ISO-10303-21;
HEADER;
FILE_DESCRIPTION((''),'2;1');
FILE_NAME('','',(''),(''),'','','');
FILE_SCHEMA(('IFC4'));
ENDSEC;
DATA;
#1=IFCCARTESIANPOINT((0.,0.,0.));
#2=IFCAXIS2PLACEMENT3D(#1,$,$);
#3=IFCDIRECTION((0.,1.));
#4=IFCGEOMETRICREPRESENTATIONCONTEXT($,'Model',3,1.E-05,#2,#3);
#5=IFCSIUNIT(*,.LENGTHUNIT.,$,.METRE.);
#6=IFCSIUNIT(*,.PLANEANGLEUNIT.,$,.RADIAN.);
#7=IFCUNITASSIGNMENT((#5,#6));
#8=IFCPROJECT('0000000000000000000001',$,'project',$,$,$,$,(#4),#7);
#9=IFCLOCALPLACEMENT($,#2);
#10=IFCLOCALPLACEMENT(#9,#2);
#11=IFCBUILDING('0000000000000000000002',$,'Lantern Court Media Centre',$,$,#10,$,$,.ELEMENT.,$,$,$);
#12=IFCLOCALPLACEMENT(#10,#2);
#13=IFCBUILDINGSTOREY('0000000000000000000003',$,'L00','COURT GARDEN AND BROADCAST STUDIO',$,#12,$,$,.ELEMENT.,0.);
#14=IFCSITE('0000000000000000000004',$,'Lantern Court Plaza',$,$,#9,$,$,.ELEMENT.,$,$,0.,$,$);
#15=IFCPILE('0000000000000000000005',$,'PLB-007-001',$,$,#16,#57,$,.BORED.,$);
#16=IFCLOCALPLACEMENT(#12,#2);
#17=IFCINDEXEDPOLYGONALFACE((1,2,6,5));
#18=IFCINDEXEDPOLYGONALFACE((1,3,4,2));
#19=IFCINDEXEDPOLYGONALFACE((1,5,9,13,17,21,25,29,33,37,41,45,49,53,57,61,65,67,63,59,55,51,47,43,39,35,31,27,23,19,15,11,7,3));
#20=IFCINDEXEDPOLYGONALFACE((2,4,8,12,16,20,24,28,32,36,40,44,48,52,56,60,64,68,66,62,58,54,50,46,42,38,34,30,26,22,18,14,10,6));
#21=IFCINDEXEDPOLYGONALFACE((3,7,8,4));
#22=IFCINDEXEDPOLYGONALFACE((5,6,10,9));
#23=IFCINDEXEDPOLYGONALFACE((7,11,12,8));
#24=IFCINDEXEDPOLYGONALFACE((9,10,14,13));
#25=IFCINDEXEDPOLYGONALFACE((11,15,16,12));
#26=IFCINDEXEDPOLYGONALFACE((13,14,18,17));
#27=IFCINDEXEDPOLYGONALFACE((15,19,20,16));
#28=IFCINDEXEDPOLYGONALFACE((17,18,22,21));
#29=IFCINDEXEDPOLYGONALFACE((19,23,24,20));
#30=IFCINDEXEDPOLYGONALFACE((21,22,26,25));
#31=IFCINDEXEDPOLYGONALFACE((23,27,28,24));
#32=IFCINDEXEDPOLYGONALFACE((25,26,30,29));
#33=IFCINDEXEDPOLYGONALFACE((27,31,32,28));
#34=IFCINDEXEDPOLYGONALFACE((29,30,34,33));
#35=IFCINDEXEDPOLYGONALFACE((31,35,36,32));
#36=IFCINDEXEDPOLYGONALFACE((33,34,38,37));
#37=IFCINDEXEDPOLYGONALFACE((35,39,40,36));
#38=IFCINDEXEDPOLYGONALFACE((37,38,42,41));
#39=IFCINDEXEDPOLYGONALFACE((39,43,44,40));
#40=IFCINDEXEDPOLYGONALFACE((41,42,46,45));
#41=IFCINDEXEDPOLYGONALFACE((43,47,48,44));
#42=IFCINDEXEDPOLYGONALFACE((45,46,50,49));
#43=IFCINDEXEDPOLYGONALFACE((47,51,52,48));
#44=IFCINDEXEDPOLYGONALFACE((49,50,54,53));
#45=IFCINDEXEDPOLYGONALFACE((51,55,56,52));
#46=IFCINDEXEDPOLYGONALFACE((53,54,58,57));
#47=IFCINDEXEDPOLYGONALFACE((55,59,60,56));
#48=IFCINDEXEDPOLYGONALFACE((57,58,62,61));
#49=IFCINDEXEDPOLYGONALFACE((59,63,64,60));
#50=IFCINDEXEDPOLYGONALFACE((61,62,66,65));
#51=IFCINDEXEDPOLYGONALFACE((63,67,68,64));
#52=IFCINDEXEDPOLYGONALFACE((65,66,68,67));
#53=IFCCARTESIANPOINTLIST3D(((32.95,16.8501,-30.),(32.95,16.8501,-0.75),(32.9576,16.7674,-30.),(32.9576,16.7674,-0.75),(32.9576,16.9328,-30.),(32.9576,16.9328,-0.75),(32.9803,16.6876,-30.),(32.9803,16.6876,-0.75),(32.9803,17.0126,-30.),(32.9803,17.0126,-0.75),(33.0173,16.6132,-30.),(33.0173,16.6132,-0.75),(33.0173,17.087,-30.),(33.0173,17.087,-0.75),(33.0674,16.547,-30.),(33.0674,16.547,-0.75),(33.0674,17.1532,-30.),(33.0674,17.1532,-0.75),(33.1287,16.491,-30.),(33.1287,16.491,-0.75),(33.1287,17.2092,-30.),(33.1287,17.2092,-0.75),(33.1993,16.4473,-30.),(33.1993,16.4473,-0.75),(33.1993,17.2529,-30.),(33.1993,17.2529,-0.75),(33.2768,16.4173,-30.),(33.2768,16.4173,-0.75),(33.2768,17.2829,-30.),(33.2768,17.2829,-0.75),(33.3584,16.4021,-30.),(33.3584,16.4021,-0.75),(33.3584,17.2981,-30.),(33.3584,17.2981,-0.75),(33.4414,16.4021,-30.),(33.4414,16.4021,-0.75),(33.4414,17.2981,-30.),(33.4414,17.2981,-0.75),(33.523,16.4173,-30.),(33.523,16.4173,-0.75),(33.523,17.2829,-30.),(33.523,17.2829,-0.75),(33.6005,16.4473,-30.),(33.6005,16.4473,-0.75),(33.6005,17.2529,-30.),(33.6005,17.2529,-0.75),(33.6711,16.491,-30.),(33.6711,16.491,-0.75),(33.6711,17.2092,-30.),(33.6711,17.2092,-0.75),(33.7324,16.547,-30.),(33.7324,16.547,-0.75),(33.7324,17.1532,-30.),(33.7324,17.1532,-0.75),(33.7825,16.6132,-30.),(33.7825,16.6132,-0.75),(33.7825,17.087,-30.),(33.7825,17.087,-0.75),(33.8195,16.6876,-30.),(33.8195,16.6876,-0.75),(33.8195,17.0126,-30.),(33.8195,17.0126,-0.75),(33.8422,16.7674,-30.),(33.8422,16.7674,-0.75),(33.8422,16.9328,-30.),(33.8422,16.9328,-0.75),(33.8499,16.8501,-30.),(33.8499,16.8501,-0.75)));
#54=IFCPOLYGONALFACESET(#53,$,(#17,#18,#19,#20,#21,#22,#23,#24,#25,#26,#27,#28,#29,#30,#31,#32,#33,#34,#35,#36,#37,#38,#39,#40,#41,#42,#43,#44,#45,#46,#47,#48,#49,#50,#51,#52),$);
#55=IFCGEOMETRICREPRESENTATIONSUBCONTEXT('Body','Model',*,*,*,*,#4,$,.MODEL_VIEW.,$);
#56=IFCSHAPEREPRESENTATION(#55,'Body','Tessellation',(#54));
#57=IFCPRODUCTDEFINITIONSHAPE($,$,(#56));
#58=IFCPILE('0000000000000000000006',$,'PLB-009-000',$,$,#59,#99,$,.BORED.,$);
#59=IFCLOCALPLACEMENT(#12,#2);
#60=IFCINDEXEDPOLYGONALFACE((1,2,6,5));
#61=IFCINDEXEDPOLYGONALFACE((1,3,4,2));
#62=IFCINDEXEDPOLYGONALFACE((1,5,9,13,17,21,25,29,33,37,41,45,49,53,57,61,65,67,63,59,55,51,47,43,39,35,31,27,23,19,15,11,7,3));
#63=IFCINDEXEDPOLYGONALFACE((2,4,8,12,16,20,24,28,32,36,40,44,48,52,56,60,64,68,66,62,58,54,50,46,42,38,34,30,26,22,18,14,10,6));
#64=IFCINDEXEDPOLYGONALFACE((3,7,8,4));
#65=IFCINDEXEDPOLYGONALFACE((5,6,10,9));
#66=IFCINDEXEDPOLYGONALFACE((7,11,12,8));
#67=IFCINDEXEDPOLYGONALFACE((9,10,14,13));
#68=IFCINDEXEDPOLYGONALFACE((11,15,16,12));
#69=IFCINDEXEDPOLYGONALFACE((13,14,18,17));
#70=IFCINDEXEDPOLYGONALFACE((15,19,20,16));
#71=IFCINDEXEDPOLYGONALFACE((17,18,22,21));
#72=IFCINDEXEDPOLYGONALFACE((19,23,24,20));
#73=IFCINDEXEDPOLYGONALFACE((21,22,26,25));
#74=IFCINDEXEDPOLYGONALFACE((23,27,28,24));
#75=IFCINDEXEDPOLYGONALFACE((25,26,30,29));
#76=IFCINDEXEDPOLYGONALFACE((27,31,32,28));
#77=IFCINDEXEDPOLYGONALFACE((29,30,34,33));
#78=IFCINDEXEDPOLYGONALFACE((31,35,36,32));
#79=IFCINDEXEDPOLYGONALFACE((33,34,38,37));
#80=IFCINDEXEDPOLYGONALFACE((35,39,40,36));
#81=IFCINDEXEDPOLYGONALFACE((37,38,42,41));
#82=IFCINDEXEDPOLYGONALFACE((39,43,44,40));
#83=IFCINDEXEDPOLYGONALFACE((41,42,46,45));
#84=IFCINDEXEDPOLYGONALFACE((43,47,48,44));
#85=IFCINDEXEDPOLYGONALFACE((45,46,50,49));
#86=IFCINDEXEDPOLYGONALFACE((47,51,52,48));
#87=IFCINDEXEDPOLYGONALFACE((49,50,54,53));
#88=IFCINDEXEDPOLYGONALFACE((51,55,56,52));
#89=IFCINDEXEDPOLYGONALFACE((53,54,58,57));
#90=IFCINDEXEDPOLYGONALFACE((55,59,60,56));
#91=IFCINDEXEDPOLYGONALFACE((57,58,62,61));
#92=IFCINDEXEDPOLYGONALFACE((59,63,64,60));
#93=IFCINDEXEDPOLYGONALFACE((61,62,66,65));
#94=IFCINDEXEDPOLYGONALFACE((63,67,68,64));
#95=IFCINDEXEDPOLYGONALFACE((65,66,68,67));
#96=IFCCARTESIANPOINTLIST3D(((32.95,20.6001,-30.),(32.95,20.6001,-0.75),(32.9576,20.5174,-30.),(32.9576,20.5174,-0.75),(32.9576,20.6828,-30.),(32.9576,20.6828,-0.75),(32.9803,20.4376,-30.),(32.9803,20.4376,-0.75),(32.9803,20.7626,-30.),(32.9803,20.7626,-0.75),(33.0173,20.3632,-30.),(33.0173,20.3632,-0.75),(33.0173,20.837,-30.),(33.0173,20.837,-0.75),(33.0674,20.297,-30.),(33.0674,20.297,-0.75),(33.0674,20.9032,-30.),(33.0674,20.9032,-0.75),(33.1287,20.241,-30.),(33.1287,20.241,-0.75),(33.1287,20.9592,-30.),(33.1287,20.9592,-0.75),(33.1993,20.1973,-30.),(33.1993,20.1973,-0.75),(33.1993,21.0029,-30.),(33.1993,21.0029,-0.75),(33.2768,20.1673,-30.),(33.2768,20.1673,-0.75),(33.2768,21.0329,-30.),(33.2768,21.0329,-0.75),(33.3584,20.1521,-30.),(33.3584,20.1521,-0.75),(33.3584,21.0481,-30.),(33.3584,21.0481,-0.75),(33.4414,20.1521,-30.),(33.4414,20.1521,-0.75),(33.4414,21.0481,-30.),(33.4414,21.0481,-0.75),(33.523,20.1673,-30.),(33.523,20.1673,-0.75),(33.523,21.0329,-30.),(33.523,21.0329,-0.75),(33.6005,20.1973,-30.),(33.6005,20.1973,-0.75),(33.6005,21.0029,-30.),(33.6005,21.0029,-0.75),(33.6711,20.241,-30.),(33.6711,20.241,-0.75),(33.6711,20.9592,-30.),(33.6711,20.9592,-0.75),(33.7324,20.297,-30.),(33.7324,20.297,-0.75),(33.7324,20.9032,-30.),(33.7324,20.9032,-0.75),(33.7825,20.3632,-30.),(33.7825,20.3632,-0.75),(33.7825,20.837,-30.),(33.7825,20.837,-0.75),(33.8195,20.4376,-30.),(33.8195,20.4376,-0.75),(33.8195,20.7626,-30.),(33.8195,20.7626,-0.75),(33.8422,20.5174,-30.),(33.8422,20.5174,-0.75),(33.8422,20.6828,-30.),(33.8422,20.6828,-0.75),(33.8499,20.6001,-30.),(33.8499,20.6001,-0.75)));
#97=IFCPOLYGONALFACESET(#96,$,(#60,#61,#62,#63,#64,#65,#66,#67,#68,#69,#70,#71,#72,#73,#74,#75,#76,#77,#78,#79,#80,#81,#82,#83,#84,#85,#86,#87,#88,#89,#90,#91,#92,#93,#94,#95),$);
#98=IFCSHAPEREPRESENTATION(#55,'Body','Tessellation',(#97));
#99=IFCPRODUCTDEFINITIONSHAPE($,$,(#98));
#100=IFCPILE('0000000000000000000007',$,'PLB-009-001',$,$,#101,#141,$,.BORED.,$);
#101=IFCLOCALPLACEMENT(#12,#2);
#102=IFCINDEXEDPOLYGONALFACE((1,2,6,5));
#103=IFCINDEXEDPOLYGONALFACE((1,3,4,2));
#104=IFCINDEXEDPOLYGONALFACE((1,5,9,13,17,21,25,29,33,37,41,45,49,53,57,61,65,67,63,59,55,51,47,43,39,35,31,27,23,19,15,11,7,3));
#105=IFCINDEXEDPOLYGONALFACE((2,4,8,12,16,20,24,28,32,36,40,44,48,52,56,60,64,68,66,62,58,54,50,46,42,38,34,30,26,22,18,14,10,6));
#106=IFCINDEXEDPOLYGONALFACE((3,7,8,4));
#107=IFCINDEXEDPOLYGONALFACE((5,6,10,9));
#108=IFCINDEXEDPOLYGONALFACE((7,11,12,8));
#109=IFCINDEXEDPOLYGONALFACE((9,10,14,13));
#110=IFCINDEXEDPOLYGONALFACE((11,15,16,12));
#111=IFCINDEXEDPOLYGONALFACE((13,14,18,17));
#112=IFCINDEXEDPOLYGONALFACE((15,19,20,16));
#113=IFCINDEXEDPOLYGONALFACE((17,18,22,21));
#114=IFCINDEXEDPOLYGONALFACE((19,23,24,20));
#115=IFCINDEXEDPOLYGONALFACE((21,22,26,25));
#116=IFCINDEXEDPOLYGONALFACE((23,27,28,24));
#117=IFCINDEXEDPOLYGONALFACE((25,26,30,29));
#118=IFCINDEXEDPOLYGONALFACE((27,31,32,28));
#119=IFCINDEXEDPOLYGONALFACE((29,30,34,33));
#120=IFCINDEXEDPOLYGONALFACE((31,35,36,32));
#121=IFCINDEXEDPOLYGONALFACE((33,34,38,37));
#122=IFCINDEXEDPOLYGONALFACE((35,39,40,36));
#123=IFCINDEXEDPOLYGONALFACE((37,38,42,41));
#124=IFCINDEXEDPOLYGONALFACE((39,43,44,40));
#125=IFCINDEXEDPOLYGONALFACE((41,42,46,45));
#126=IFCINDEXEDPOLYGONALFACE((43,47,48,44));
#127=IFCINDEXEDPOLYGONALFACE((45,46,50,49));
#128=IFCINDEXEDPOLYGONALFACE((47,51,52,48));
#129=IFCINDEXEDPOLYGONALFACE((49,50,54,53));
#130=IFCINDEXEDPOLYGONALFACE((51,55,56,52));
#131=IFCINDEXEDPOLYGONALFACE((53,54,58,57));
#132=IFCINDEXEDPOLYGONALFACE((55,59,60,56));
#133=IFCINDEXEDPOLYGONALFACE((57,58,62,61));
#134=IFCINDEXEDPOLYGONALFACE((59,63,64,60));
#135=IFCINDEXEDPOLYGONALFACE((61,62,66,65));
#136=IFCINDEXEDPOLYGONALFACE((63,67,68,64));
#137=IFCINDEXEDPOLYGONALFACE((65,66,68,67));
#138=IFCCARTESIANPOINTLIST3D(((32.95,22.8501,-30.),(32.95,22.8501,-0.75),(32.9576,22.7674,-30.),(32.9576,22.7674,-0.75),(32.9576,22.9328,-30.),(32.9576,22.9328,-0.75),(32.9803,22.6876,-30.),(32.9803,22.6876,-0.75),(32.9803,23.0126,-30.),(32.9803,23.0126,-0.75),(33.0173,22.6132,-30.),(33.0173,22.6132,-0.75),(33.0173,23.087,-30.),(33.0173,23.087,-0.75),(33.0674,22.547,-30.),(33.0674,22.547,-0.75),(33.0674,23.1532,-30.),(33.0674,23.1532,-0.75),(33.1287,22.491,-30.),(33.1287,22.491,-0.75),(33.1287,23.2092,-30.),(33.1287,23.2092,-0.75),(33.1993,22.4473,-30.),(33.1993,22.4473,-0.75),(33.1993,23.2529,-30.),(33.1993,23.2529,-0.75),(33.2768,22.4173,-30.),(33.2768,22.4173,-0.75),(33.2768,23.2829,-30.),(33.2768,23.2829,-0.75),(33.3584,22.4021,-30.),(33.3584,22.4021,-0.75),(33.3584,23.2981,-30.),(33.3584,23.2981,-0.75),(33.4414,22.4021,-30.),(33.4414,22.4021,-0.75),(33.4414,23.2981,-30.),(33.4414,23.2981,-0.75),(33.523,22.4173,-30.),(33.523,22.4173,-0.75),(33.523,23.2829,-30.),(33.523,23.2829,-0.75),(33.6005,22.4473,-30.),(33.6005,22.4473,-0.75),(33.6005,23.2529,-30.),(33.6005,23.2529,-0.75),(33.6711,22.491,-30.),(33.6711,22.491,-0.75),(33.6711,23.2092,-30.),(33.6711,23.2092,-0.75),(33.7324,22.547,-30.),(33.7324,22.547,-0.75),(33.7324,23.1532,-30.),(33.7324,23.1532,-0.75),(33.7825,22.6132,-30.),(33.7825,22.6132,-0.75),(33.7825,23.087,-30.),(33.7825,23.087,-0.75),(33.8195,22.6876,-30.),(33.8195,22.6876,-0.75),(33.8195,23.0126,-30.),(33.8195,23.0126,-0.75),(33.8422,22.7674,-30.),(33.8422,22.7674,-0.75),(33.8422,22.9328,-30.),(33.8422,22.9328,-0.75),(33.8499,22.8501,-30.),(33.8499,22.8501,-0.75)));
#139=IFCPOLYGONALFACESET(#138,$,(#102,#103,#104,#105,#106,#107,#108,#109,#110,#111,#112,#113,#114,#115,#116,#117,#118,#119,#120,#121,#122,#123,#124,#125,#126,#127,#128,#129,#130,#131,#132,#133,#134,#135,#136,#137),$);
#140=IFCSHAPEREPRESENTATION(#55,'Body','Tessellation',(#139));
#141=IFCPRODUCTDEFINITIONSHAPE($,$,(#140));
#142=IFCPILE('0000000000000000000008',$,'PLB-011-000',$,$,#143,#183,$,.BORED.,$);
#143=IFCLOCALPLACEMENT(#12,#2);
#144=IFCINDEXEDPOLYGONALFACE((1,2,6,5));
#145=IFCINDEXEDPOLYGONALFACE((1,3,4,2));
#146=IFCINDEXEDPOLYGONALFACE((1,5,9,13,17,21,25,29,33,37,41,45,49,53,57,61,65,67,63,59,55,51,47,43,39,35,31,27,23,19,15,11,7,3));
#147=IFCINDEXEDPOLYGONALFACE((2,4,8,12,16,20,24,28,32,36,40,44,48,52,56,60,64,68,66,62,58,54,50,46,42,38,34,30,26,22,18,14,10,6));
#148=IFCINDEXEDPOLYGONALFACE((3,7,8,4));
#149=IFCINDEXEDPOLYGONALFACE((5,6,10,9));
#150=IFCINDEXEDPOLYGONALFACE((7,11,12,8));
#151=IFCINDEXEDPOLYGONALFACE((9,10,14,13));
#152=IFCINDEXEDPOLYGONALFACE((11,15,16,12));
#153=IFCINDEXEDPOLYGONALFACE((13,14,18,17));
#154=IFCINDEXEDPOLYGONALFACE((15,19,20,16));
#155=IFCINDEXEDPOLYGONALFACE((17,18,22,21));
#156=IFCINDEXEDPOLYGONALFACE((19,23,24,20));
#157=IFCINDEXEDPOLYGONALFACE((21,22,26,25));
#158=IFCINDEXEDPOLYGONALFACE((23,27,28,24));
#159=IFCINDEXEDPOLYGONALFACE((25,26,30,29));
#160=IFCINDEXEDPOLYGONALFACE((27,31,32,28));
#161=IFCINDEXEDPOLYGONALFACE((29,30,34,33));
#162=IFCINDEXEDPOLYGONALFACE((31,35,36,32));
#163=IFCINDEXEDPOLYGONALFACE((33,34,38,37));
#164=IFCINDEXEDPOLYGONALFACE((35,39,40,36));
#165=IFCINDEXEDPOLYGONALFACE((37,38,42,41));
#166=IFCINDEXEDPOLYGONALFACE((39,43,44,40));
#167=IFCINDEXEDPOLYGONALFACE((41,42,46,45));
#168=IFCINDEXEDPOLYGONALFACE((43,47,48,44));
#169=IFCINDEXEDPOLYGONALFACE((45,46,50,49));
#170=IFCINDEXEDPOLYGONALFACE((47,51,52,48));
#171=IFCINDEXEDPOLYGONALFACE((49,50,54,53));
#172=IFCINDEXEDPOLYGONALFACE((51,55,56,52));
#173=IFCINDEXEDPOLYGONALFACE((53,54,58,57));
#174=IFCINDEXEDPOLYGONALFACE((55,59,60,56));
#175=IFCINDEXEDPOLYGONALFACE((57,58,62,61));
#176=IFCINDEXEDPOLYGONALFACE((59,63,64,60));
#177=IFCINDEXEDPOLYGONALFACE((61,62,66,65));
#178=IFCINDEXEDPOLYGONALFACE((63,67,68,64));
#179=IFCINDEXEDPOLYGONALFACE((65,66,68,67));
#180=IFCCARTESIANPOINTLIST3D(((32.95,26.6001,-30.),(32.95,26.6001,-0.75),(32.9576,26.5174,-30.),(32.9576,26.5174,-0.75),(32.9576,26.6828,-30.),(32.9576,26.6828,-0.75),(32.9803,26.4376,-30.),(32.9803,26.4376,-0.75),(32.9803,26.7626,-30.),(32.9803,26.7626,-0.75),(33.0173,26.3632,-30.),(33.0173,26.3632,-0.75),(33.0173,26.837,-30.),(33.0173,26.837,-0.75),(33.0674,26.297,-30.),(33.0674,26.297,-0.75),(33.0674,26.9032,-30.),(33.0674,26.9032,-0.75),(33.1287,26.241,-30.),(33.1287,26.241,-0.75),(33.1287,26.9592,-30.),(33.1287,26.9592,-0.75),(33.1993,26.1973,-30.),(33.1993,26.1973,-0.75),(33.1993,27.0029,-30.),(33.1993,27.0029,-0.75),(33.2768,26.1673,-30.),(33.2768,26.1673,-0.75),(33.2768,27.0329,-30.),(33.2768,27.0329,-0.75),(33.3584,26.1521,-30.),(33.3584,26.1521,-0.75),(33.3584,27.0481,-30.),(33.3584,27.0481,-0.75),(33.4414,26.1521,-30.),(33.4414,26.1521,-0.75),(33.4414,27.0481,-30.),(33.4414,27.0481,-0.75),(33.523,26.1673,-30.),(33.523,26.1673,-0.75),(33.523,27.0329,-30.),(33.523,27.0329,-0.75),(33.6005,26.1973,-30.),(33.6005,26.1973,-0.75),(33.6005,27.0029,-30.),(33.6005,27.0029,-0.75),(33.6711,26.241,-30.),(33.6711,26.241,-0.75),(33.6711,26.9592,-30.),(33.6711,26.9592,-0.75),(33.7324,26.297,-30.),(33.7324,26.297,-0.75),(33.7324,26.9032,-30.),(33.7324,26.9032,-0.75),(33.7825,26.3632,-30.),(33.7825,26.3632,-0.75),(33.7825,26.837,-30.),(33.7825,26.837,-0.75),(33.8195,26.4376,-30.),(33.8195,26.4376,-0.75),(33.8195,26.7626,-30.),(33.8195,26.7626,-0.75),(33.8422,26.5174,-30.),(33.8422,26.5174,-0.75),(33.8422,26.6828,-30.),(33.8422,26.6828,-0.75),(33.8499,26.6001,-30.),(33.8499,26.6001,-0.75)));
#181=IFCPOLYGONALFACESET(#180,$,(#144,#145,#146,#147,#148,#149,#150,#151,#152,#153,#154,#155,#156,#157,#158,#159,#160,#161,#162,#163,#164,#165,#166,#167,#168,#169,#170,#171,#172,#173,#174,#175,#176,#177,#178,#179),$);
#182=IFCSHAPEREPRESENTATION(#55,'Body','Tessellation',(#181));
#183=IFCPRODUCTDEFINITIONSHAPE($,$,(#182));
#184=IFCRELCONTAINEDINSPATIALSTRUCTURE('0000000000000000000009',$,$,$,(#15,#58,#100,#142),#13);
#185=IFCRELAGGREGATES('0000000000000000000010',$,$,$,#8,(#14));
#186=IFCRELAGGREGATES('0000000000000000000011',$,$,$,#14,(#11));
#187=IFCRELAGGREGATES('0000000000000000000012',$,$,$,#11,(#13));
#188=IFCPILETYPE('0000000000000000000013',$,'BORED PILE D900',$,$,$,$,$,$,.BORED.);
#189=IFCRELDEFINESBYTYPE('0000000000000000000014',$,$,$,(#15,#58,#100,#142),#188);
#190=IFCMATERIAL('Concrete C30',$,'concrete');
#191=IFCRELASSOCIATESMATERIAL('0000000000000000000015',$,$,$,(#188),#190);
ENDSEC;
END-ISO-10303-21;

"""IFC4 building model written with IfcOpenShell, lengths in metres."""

from ifc_helpers import new_model, si_unit, direction, frame, origin, origin_2d, place, context, subcontext, project, spatial, circle, extrude, material, material_profile, profile_set, type_object, element, save


model = new_model("IFC4")

# Units and contexts
model_context = context("Model", 3, precision=1e-05, world=origin(), true_north=direction((0.0, 1.0)))
body_context = subcontext(model_context, "Body", "Model", "MODEL_VIEW")
ifc_project = project(units=[si_unit("LENGTHUNIT", "METRE"), si_unit("PLANEANGLEUNIT", "RADIAN")], contexts=[model_context])

# Site, building, storey
site_placement = place(None, origin())
site = spatial("IfcSite", under=ifc_project, at=site_placement, Name="Lantern Court Plaza", CompositionType="ELEMENT", RefElevation=0.0)
building_placement = place(site_placement, origin())
building = spatial("IfcBuilding", under=site, at=building_placement, Name="Lantern Court Media Centre", CompositionType="ELEMENT")
storey_placement = place(building_placement, origin())
storey = spatial("IfcBuildingStorey", under=building, at=storey_placement, Name="L00", Description="COURT GARDEN AND BROADCAST STUDIO", CompositionType="ELEMENT", Elevation=0.0)

# Piles
ifc_material_1 = material(Name="Concrete C30", Category="concrete")
ifc_material_profile_1 = material_profile(ifc_material_1, circle(Radius=0.45, at=origin_2d()), Name="D900")
ifc_profile_set_1 = profile_set([ifc_material_profile_1], Name="Concrete C30")
pile_type = type_object("IfcPileType", Name="BORED PILE D900", PredefinedType="BORED", material=ifc_profile_set_1)
for number, where, z_axis, x_axis, name in (
    (1, (33.3999, 16.8501, -0.75), (0.0, 0.0, -1.0), (1.0, 0.0, 0.0), "PLB-007-001"),
    (2, (33.3999, 20.6001, -0.75), (0.0, 0.0, -1.0), (1.0, 0.0, 0.0), "PLB-009-000"),
    (3, (33.3999, 22.8501, -0.75), (0.0, 0.0, -1.0), (1.0, 0.0, 0.0), "PLB-009-001"),
    (4, (33.3999, 26.6001, -0.75), (0.0, 0.0, -1.0), (1.0, 0.0, 0.0), "PLB-011-000"),
):
    element("IfcPile", number, at=place(storey_placement, frame(where, z_axis=z_axis, x_axis=x_axis)), inside=storey, type_object=pile_type, Name=name, PredefinedType="BORED", context=body_context, shape_type="SweptSolid", body=[
        extrude(circle(Radius=0.45, at=origin_2d()), origin(), (0.0, 0.0, 1.0), 29.25),
    ])

save(model, "model.ifc")
